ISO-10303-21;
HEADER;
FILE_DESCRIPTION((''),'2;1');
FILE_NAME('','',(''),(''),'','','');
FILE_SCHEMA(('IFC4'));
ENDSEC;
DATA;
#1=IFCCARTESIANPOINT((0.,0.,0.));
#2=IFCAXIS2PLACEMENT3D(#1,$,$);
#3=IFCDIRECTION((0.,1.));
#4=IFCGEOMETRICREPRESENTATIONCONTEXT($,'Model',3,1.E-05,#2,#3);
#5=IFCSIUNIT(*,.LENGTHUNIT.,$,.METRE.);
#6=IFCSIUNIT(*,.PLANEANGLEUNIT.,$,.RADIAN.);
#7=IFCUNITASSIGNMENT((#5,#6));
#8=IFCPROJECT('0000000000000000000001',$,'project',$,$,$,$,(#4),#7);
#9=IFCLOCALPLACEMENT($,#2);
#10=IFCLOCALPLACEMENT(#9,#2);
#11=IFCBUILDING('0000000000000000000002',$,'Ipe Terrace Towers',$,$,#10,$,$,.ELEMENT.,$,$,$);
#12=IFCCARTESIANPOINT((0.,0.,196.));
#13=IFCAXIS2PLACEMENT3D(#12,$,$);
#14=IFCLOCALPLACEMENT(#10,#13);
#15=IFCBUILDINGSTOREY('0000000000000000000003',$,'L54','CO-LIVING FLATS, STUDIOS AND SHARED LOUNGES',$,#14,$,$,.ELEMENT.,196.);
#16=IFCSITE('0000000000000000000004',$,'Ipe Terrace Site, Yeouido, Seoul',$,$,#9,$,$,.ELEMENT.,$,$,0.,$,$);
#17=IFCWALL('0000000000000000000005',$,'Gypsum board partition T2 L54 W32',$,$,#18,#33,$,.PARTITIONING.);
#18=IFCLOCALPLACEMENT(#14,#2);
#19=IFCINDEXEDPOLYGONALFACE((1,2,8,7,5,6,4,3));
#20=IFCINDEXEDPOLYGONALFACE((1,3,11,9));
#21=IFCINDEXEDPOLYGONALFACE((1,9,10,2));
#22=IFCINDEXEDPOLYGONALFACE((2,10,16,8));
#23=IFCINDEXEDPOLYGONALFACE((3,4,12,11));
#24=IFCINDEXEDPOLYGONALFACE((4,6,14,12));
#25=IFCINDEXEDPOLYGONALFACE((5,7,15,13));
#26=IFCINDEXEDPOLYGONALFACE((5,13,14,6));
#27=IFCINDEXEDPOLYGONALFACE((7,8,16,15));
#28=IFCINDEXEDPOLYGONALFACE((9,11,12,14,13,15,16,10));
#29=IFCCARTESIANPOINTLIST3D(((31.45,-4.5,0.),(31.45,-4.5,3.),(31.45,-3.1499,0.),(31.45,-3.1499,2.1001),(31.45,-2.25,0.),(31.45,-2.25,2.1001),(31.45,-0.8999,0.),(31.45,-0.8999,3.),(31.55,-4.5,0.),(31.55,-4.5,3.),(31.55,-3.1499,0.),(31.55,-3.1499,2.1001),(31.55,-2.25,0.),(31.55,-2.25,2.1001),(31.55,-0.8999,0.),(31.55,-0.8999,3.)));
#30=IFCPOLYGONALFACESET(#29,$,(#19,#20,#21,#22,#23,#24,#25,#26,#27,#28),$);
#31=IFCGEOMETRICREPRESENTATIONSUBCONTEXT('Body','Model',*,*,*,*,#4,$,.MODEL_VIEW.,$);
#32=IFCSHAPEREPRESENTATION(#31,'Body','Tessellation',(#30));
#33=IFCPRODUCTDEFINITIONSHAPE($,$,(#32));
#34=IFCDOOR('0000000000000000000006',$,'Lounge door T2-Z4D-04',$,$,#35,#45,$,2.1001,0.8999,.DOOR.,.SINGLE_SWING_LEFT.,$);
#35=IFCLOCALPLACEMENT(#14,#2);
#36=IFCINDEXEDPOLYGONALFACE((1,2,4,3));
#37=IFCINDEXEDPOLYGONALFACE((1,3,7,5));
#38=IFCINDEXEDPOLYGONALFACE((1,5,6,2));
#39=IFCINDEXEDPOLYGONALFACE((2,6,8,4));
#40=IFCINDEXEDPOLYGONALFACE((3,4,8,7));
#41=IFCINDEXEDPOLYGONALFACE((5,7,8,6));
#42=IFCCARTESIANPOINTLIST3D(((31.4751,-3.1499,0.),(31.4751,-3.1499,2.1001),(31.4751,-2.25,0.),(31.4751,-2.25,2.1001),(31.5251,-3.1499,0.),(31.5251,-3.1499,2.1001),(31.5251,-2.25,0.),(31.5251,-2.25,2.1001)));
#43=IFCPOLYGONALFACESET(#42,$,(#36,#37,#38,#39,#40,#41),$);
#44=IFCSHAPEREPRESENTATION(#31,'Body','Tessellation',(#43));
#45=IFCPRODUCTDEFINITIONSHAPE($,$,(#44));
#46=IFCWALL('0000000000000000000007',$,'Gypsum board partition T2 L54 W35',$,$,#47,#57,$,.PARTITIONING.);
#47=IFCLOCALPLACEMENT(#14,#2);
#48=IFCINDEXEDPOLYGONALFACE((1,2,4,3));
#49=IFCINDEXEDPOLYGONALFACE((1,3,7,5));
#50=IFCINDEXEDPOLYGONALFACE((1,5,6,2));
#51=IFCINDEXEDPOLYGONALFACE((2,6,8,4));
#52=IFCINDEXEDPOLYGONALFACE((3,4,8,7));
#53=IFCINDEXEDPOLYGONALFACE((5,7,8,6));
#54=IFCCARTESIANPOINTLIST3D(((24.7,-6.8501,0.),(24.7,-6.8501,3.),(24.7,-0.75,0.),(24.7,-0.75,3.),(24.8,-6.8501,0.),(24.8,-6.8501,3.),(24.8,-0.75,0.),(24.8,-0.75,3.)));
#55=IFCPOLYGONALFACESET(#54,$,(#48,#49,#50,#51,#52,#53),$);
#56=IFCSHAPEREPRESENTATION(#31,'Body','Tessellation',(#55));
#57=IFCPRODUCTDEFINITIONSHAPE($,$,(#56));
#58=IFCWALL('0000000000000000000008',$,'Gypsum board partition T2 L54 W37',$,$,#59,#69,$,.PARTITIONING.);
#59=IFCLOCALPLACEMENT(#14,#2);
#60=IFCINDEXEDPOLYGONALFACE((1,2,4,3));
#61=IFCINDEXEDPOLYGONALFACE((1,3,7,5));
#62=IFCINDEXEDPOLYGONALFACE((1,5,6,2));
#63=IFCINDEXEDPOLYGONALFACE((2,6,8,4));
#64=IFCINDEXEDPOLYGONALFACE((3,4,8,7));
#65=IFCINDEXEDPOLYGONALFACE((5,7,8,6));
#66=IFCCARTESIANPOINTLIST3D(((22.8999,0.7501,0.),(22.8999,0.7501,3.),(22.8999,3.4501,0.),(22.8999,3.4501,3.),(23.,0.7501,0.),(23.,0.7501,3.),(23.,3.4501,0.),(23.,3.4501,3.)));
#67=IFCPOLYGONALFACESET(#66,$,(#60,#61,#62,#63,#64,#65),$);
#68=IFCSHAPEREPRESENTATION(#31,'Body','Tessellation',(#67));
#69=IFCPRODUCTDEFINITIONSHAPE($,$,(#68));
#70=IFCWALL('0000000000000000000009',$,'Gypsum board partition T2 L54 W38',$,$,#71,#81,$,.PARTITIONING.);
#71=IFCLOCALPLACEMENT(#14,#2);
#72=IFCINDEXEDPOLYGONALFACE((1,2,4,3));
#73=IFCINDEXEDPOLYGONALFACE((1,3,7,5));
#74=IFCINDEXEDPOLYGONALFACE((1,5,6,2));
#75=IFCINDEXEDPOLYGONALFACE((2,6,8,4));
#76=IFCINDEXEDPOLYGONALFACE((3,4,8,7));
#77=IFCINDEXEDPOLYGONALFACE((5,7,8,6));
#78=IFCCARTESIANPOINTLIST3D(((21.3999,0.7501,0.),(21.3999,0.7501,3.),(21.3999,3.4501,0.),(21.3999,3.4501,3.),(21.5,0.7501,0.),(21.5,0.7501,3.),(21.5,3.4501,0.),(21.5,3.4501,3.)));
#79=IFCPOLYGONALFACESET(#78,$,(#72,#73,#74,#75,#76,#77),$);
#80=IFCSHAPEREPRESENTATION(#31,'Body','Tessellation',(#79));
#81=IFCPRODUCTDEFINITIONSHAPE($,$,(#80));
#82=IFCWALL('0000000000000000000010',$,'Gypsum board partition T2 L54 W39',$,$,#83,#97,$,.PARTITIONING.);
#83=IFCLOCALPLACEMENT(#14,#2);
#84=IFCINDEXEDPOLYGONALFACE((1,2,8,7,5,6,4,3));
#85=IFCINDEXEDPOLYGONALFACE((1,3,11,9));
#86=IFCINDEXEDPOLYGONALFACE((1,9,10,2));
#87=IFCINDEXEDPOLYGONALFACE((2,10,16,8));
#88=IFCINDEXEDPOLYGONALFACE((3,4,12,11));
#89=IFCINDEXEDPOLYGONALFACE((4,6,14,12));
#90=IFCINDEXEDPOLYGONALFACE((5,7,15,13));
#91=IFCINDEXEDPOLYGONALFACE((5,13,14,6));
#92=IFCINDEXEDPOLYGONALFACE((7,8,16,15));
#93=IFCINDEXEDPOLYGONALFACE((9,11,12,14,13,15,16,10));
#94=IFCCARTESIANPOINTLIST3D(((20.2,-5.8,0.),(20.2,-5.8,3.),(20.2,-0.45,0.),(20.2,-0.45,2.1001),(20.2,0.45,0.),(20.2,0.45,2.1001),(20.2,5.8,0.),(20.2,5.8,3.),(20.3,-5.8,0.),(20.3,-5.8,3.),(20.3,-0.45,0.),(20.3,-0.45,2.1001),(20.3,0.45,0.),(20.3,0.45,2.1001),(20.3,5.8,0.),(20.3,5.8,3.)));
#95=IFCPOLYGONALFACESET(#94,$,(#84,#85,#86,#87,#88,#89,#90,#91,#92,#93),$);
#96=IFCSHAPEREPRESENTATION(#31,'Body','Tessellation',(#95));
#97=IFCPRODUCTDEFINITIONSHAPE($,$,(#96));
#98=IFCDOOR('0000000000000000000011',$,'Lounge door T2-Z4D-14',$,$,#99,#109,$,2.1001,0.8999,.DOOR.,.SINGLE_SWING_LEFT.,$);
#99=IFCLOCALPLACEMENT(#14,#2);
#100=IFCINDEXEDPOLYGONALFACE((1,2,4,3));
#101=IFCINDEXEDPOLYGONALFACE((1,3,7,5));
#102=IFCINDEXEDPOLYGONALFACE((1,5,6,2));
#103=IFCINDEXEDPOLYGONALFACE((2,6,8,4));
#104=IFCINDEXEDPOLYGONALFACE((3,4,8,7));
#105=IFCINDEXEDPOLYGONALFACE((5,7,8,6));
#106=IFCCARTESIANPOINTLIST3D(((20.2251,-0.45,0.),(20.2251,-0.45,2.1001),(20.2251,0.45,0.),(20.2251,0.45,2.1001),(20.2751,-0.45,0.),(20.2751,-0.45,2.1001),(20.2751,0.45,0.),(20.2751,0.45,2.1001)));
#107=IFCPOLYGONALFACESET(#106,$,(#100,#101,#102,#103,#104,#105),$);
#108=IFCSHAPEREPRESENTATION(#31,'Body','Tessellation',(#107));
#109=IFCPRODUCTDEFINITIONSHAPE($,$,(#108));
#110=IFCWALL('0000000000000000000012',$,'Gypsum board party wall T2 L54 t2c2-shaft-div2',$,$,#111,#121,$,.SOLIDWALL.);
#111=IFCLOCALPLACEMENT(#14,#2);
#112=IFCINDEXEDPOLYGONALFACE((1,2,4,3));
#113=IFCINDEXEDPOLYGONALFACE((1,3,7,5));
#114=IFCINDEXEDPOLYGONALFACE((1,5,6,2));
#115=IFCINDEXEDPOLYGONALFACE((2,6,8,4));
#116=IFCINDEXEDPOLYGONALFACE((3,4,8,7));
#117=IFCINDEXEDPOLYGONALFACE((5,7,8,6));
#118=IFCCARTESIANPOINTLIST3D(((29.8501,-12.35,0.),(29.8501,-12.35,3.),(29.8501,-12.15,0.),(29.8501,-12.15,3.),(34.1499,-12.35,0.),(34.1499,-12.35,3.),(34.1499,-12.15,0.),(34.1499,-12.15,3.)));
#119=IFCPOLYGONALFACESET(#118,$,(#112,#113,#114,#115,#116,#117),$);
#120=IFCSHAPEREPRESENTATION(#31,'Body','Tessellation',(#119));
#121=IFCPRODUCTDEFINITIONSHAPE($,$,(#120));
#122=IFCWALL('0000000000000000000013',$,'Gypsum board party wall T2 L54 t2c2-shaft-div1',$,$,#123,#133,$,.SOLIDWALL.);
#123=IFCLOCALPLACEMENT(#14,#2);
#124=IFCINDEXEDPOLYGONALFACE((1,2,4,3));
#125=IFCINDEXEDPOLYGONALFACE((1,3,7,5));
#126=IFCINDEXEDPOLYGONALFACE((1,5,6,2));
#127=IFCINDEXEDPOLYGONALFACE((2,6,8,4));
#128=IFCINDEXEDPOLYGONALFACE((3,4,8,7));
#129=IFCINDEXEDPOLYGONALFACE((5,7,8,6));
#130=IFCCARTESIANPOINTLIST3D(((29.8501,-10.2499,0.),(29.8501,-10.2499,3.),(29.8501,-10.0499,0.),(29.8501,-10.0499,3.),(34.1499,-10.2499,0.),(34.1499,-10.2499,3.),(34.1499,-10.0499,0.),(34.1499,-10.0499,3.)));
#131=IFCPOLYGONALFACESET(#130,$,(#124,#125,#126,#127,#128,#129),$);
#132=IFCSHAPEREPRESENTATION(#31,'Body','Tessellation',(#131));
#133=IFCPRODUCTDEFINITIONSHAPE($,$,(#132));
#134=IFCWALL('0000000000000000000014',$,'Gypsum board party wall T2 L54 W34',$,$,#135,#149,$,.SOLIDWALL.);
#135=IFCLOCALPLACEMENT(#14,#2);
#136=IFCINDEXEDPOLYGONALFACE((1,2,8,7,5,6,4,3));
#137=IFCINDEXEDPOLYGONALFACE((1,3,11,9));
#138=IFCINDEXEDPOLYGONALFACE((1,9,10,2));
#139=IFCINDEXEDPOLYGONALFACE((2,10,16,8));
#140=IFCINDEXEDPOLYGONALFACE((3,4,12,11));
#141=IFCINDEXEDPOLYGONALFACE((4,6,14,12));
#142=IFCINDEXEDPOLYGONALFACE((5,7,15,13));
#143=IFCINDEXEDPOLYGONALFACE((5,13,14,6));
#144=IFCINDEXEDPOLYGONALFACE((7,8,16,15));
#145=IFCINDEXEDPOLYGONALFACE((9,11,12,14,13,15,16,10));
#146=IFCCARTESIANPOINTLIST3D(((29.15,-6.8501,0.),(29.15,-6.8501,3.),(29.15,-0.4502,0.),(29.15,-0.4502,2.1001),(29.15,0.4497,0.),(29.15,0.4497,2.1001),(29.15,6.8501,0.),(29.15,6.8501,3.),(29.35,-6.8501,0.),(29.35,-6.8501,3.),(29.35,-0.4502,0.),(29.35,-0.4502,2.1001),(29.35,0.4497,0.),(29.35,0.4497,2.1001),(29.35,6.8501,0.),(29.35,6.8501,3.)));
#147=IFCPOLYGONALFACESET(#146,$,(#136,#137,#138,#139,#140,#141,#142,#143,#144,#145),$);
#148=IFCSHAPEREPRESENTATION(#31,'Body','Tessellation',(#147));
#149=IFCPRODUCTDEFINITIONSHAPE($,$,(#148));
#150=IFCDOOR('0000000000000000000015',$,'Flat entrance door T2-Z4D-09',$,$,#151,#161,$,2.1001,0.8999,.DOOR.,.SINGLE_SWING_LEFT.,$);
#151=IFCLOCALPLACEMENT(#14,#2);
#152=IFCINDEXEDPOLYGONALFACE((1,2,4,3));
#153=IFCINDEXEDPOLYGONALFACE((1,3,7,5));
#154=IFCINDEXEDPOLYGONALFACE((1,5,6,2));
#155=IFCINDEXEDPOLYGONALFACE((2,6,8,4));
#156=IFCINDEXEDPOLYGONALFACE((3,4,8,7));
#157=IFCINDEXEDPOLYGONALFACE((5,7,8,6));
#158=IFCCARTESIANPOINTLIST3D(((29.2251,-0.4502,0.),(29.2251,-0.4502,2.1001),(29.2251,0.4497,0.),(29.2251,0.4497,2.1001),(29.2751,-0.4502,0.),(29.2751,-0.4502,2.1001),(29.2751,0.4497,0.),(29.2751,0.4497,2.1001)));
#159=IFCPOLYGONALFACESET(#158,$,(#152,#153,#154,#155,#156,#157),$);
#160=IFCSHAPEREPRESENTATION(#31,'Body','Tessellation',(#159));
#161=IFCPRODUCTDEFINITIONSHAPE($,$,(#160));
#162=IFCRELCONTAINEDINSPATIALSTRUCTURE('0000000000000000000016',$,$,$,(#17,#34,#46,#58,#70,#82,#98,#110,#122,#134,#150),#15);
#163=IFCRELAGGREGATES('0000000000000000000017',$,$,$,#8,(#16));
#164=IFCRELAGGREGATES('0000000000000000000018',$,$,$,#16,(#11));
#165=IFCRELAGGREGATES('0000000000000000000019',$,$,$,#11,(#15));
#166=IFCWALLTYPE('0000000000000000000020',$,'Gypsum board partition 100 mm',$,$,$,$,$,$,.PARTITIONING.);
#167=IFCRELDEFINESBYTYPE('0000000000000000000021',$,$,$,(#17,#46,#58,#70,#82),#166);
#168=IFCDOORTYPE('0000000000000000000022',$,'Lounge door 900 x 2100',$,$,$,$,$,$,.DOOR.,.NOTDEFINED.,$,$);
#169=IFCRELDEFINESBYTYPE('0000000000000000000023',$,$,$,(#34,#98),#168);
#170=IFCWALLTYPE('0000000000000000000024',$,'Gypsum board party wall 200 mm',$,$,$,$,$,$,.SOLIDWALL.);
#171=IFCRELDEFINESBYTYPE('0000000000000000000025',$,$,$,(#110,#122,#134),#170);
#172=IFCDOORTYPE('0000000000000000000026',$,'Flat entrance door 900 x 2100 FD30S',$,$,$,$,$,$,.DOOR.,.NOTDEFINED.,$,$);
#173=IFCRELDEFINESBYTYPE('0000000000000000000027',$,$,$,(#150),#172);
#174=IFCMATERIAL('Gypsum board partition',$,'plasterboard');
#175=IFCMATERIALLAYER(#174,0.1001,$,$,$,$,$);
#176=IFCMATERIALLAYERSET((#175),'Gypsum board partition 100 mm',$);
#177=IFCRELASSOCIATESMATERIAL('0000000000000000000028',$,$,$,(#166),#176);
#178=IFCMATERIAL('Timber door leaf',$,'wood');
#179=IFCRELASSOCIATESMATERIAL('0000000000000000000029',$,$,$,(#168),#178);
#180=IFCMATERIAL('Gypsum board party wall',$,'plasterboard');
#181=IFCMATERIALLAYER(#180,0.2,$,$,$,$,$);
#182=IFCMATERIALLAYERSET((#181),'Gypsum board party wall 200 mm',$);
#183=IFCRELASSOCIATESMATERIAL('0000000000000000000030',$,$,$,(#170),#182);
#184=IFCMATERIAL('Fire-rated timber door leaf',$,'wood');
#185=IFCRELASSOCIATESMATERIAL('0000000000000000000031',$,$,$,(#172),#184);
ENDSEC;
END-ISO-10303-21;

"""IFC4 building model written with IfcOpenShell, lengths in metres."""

from ifc_helpers import new_model, si_unit, direction, frame, frame_2d, origin, place, context, subcontext, project, spatial, rectangle, extrude, material, layer, layer_set, type_object, element, fill, save


model = new_model("IFC4")

# Units and contexts
model_context = context("Model", 3, precision=1e-05, world=origin(), true_north=direction((0.0, 1.0)))
body_context = subcontext(model_context, "Body", "Model", "MODEL_VIEW")
ifc_project = project(units=[si_unit("LENGTHUNIT", "METRE"), si_unit("PLANEANGLEUNIT", "RADIAN")], contexts=[model_context])

# Site, building, storey
site_placement = place(None, origin())
site = spatial("IfcSite", under=ifc_project, at=site_placement, Name="Ipe Terrace Site, Yeouido, Seoul", CompositionType="ELEMENT", RefElevation=0.0)
building_placement = place(site_placement, origin())
building = spatial("IfcBuilding", under=site, at=building_placement, Name="Ipe Terrace Towers", CompositionType="ELEMENT")
storey_placement = place(building_placement, frame((0.0, 0.0, 196.0)))
storey = spatial("IfcBuildingStorey", under=building, at=storey_placement, Name="L54", Description="CO-LIVING FLATS, STUDIOS AND SHARED LOUNGES", CompositionType="ELEMENT", Elevation=196.0)

# Shared definitions
ifc_material_1 = material(Name="Gypsum board partition", Category="plasterboard")
ifc_layer_1 = layer(ifc_material_1, 0.1001)
ifc_layer_set_1 = layer_set([ifc_layer_1], Name="Gypsum board partition 100 mm")
wall_type_1 = type_object("IfcWallType", Name="Gypsum board partition 100 mm", PredefinedType="PARTITIONING", material=ifc_layer_set_1)

# Wall, opening, door
ifc_material_2 = material(Name="Timber door leaf", Category="wood")
door_type_1 = type_object("IfcDoorType", Name="Lounge door 900 x 2100", OperationType="NOTDEFINED", PredefinedType="DOOR", material=ifc_material_2)
wall_1_placement = place(storey_placement, frame((31.5, -4.5, 0.0), z_axis=(0.0, 0.0, 1.0), x_axis=(0.0, 1.0, 0.0)))
wall_1 = element("IfcWall", 1, at=wall_1_placement, inside=storey, type_object=wall_type_1, Name="Gypsum board partition T2 L54 W32", PredefinedType="PARTITIONING", context=body_context, shape_type="SweptSolid", body=[
    extrude(rectangle(XDim=3.6001, YDim=0.1001, at=frame_2d((1.8, 0.0))), origin(), (0.0, 0.0, 1.0), 3.0),
])
opening_1_placement = place(wall_1_placement, frame((1.3501, 0.0, 0.0)))
opening_1 = element("IfcOpeningElement", 2, at=opening_1_placement, cuts=wall_1, PredefinedType="OPENING", context=body_context, shape_type="SweptSolid", body=[
    extrude(rectangle(XDim=0.8999, YDim=2.1001, at=frame_2d((0.45, 1.05))), frame((0.0, 0.0601, 0.0), z_axis=(0.0, -1.0, 0.0), x_axis=(1.0, 0.0, 0.0)), (0.0, 0.0, 1.0), 0.1201),
])
door_1_placement = place(opening_1_placement, origin())
door_1 = element("IfcDoor", 3, at=door_1_placement, inside=storey, type_object=door_type_1, Name="Lounge door T2-Z4D-04", OperationType="SINGLE_SWING_LEFT", OverallHeight=2.1001, OverallWidth=0.8999, PredefinedType="DOOR", context=body_context, shape_type="SweptSolid", body=[
    extrude(rectangle(XDim=0.8999, YDim=2.1001, at=frame_2d((0.45, 1.05))), frame((0.0, 0.0249, 0.0), z_axis=(0.0, -1.0, 0.0), x_axis=(1.0, 0.0, 0.0)), (0.0, 0.0, 1.0), 0.05),
])
fill(opening_1, door_1)

# Walls
wall_2_placement = place(storey_placement, frame((24.75, -6.8501, 0.0), z_axis=(0.0, 0.0, 1.0), x_axis=(0.0, 1.0, 0.0)))
element("IfcWall", 4, at=wall_2_placement, inside=storey, type_object=wall_type_1, Name="Gypsum board partition T2 L54 W35", PredefinedType="PARTITIONING", context=body_context, shape_type="SweptSolid", body=[
    extrude(rectangle(XDim=6.1001, YDim=0.1001, at=frame_2d((3.05, 0.0))), origin(), (0.0, 0.0, 1.0), 3.0),
])
for number, where, z_axis, x_axis, name in (
    (5, (22.95, 0.75, 0.0), (0.0, 0.0, 1.0), (0.0, 1.0, 0.0), "Gypsum board partition T2 L54 W37"),
    (6, (21.45, 0.75, 0.0), (0.0, 0.0, 1.0), (0.0, 1.0, 0.0), "Gypsum board partition T2 L54 W38"),
):
    element("IfcWall", number, at=place(storey_placement, frame(where, z_axis=z_axis, x_axis=x_axis)), inside=storey, type_object=wall_type_1, Name=name, PredefinedType="PARTITIONING", context=body_context, shape_type="SweptSolid", body=[
        extrude(rectangle(XDim=2.7, YDim=0.1001, at=frame_2d((1.3501, 0.0))), origin(), (0.0, 0.0, 1.0), 3.0),
    ])

# Wall, opening, door
wall_3_placement = place(storey_placement, frame((20.25, -5.8, 0.0), z_axis=(0.0, 0.0, 1.0), x_axis=(0.0, 1.0, 0.0)))
wall_3 = element("IfcWall", 7, at=wall_3_placement, inside=storey, type_object=wall_type_1, Name="Gypsum board partition T2 L54 W39", PredefinedType="PARTITIONING", context=body_context, shape_type="SweptSolid", body=[
    extrude(rectangle(XDim=11.6001, YDim=0.1001, at=frame_2d((5.8, 0.0))), origin(), (0.0, 0.0, 1.0), 3.0),
])
opening_2_placement = place(wall_3_placement, frame((5.3501, 0.0, 0.0)))
opening_2 = element("IfcOpeningElement", 8, at=opening_2_placement, cuts=wall_3, PredefinedType="OPENING", context=body_context, shape_type="SweptSolid", body=[
    extrude(rectangle(XDim=0.8999, YDim=2.1001, at=frame_2d((0.45, 1.05))), frame((0.0, 0.0601, 0.0), z_axis=(0.0, -1.0, 0.0), x_axis=(1.0, 0.0, 0.0)), (0.0, 0.0, 1.0), 0.1201),
])
door_2_placement = place(opening_2_placement, origin())
door_2 = element("IfcDoor", 9, at=door_2_placement, inside=storey, type_object=door_type_1, Name="Lounge door T2-Z4D-14", OperationType="SINGLE_SWING_LEFT", OverallHeight=2.1001, OverallWidth=0.8999, PredefinedType="DOOR", context=body_context, shape_type="SweptSolid", body=[
    extrude(rectangle(XDim=0.8999, YDim=2.1001, at=frame_2d((0.45, 1.05))), frame((0.0, 0.0249, 0.0), z_axis=(0.0, -1.0, 0.0), x_axis=(1.0, 0.0, 0.0)), (0.0, 0.0, 1.0), 0.05),
])
fill(opening_2, door_2)

# Walls
ifc_material_3 = material(Name="Gypsum board party wall", Category="plasterboard")
ifc_layer_2 = layer(ifc_material_3, 0.2)
ifc_layer_set_2 = layer_set([ifc_layer_2], Name="Gypsum board party wall 200 mm")
wall_type_2 = type_object("IfcWallType", Name="Gypsum board party wall 200 mm", PredefinedType="SOLIDWALL", material=ifc_layer_set_2)
for number, where, z_axis, x_axis, name in (
    (10, (29.8501, -12.25, 0.0), (0.0, 0.0, 1.0), (1.0, 0.0, 0.0), "Gypsum board party wall T2 L54 t2c2-shaft-div2"),
    (11, (29.8501, -10.1499, 0.0), (0.0, 0.0, 1.0), (1.0, 0.0, 0.0), "Gypsum board party wall T2 L54 t2c2-shaft-div1"),
):
    element("IfcWall", number, at=place(storey_placement, frame(where, z_axis=z_axis, x_axis=x_axis)), inside=storey, type_object=wall_type_2, Name=name, PredefinedType="SOLIDWALL", context=body_context, shape_type="SweptSolid", body=[
        extrude(rectangle(XDim=4.2998, YDim=0.2, at=frame_2d((2.1499, 0.0))), origin(), (0.0, 0.0, 1.0), 3.0),
    ])

# Wall, opening, door
wall_4_placement = place(storey_placement, frame((29.25, -6.8501, 0.0), z_axis=(0.0, 0.0, 1.0), x_axis=(0.0, 1.0, 0.0)))
wall_4 = element("IfcWall", 12, at=wall_4_placement, inside=storey, type_object=wall_type_2, Name="Gypsum board party wall T2 L54 W34", PredefinedType="SOLIDWALL", context=body_context, shape_type="SweptSolid", body=[
    extrude(rectangle(XDim=13.7002, YDim=0.2, at=frame_2d((6.8501, 0.0))), origin(), (0.0, 0.0, 1.0), 3.0),
])
opening_3_placement = place(wall_4_placement, frame((6.3999, 0.0, 0.0)))
opening_3 = element("IfcOpeningElement", 13, at=opening_3_placement, cuts=wall_4, PredefinedType="OPENING", context=body_context, shape_type="SweptSolid", body=[
    extrude(rectangle(XDim=0.8999, YDim=2.1001, at=frame_2d((0.45, 1.05))), frame((0.0, 0.1099, 0.0), z_axis=(0.0, -1.0, 0.0), x_axis=(1.0, 0.0, 0.0)), (0.0, 0.0, 1.0), 0.22),
])
ifc_material_4 = material(Name="Fire-rated timber door leaf", Category="wood")
door_type_2 = type_object("IfcDoorType", Name="Flat entrance door 900 x 2100 FD30S", OperationType="NOTDEFINED", PredefinedType="DOOR", material=ifc_material_4)
door_3_placement = place(opening_3_placement, origin())
door_3 = element("IfcDoor", 14, at=door_3_placement, inside=storey, type_object=door_type_2, Name="Flat entrance door T2-Z4D-09", OperationType="SINGLE_SWING_LEFT", OverallHeight=2.1001, OverallWidth=0.8999, PredefinedType="DOOR", context=body_context, shape_type="SweptSolid", body=[
    extrude(rectangle(XDim=0.8999, YDim=2.1001, at=frame_2d((0.45, 1.05))), frame((0.0, 0.0249, 0.0), z_axis=(0.0, -1.0, 0.0), x_axis=(1.0, 0.0, 0.0)), (0.0, 0.0, 1.0), 0.05),
])
fill(opening_3, door_3)

save(model, "model.ifc")
